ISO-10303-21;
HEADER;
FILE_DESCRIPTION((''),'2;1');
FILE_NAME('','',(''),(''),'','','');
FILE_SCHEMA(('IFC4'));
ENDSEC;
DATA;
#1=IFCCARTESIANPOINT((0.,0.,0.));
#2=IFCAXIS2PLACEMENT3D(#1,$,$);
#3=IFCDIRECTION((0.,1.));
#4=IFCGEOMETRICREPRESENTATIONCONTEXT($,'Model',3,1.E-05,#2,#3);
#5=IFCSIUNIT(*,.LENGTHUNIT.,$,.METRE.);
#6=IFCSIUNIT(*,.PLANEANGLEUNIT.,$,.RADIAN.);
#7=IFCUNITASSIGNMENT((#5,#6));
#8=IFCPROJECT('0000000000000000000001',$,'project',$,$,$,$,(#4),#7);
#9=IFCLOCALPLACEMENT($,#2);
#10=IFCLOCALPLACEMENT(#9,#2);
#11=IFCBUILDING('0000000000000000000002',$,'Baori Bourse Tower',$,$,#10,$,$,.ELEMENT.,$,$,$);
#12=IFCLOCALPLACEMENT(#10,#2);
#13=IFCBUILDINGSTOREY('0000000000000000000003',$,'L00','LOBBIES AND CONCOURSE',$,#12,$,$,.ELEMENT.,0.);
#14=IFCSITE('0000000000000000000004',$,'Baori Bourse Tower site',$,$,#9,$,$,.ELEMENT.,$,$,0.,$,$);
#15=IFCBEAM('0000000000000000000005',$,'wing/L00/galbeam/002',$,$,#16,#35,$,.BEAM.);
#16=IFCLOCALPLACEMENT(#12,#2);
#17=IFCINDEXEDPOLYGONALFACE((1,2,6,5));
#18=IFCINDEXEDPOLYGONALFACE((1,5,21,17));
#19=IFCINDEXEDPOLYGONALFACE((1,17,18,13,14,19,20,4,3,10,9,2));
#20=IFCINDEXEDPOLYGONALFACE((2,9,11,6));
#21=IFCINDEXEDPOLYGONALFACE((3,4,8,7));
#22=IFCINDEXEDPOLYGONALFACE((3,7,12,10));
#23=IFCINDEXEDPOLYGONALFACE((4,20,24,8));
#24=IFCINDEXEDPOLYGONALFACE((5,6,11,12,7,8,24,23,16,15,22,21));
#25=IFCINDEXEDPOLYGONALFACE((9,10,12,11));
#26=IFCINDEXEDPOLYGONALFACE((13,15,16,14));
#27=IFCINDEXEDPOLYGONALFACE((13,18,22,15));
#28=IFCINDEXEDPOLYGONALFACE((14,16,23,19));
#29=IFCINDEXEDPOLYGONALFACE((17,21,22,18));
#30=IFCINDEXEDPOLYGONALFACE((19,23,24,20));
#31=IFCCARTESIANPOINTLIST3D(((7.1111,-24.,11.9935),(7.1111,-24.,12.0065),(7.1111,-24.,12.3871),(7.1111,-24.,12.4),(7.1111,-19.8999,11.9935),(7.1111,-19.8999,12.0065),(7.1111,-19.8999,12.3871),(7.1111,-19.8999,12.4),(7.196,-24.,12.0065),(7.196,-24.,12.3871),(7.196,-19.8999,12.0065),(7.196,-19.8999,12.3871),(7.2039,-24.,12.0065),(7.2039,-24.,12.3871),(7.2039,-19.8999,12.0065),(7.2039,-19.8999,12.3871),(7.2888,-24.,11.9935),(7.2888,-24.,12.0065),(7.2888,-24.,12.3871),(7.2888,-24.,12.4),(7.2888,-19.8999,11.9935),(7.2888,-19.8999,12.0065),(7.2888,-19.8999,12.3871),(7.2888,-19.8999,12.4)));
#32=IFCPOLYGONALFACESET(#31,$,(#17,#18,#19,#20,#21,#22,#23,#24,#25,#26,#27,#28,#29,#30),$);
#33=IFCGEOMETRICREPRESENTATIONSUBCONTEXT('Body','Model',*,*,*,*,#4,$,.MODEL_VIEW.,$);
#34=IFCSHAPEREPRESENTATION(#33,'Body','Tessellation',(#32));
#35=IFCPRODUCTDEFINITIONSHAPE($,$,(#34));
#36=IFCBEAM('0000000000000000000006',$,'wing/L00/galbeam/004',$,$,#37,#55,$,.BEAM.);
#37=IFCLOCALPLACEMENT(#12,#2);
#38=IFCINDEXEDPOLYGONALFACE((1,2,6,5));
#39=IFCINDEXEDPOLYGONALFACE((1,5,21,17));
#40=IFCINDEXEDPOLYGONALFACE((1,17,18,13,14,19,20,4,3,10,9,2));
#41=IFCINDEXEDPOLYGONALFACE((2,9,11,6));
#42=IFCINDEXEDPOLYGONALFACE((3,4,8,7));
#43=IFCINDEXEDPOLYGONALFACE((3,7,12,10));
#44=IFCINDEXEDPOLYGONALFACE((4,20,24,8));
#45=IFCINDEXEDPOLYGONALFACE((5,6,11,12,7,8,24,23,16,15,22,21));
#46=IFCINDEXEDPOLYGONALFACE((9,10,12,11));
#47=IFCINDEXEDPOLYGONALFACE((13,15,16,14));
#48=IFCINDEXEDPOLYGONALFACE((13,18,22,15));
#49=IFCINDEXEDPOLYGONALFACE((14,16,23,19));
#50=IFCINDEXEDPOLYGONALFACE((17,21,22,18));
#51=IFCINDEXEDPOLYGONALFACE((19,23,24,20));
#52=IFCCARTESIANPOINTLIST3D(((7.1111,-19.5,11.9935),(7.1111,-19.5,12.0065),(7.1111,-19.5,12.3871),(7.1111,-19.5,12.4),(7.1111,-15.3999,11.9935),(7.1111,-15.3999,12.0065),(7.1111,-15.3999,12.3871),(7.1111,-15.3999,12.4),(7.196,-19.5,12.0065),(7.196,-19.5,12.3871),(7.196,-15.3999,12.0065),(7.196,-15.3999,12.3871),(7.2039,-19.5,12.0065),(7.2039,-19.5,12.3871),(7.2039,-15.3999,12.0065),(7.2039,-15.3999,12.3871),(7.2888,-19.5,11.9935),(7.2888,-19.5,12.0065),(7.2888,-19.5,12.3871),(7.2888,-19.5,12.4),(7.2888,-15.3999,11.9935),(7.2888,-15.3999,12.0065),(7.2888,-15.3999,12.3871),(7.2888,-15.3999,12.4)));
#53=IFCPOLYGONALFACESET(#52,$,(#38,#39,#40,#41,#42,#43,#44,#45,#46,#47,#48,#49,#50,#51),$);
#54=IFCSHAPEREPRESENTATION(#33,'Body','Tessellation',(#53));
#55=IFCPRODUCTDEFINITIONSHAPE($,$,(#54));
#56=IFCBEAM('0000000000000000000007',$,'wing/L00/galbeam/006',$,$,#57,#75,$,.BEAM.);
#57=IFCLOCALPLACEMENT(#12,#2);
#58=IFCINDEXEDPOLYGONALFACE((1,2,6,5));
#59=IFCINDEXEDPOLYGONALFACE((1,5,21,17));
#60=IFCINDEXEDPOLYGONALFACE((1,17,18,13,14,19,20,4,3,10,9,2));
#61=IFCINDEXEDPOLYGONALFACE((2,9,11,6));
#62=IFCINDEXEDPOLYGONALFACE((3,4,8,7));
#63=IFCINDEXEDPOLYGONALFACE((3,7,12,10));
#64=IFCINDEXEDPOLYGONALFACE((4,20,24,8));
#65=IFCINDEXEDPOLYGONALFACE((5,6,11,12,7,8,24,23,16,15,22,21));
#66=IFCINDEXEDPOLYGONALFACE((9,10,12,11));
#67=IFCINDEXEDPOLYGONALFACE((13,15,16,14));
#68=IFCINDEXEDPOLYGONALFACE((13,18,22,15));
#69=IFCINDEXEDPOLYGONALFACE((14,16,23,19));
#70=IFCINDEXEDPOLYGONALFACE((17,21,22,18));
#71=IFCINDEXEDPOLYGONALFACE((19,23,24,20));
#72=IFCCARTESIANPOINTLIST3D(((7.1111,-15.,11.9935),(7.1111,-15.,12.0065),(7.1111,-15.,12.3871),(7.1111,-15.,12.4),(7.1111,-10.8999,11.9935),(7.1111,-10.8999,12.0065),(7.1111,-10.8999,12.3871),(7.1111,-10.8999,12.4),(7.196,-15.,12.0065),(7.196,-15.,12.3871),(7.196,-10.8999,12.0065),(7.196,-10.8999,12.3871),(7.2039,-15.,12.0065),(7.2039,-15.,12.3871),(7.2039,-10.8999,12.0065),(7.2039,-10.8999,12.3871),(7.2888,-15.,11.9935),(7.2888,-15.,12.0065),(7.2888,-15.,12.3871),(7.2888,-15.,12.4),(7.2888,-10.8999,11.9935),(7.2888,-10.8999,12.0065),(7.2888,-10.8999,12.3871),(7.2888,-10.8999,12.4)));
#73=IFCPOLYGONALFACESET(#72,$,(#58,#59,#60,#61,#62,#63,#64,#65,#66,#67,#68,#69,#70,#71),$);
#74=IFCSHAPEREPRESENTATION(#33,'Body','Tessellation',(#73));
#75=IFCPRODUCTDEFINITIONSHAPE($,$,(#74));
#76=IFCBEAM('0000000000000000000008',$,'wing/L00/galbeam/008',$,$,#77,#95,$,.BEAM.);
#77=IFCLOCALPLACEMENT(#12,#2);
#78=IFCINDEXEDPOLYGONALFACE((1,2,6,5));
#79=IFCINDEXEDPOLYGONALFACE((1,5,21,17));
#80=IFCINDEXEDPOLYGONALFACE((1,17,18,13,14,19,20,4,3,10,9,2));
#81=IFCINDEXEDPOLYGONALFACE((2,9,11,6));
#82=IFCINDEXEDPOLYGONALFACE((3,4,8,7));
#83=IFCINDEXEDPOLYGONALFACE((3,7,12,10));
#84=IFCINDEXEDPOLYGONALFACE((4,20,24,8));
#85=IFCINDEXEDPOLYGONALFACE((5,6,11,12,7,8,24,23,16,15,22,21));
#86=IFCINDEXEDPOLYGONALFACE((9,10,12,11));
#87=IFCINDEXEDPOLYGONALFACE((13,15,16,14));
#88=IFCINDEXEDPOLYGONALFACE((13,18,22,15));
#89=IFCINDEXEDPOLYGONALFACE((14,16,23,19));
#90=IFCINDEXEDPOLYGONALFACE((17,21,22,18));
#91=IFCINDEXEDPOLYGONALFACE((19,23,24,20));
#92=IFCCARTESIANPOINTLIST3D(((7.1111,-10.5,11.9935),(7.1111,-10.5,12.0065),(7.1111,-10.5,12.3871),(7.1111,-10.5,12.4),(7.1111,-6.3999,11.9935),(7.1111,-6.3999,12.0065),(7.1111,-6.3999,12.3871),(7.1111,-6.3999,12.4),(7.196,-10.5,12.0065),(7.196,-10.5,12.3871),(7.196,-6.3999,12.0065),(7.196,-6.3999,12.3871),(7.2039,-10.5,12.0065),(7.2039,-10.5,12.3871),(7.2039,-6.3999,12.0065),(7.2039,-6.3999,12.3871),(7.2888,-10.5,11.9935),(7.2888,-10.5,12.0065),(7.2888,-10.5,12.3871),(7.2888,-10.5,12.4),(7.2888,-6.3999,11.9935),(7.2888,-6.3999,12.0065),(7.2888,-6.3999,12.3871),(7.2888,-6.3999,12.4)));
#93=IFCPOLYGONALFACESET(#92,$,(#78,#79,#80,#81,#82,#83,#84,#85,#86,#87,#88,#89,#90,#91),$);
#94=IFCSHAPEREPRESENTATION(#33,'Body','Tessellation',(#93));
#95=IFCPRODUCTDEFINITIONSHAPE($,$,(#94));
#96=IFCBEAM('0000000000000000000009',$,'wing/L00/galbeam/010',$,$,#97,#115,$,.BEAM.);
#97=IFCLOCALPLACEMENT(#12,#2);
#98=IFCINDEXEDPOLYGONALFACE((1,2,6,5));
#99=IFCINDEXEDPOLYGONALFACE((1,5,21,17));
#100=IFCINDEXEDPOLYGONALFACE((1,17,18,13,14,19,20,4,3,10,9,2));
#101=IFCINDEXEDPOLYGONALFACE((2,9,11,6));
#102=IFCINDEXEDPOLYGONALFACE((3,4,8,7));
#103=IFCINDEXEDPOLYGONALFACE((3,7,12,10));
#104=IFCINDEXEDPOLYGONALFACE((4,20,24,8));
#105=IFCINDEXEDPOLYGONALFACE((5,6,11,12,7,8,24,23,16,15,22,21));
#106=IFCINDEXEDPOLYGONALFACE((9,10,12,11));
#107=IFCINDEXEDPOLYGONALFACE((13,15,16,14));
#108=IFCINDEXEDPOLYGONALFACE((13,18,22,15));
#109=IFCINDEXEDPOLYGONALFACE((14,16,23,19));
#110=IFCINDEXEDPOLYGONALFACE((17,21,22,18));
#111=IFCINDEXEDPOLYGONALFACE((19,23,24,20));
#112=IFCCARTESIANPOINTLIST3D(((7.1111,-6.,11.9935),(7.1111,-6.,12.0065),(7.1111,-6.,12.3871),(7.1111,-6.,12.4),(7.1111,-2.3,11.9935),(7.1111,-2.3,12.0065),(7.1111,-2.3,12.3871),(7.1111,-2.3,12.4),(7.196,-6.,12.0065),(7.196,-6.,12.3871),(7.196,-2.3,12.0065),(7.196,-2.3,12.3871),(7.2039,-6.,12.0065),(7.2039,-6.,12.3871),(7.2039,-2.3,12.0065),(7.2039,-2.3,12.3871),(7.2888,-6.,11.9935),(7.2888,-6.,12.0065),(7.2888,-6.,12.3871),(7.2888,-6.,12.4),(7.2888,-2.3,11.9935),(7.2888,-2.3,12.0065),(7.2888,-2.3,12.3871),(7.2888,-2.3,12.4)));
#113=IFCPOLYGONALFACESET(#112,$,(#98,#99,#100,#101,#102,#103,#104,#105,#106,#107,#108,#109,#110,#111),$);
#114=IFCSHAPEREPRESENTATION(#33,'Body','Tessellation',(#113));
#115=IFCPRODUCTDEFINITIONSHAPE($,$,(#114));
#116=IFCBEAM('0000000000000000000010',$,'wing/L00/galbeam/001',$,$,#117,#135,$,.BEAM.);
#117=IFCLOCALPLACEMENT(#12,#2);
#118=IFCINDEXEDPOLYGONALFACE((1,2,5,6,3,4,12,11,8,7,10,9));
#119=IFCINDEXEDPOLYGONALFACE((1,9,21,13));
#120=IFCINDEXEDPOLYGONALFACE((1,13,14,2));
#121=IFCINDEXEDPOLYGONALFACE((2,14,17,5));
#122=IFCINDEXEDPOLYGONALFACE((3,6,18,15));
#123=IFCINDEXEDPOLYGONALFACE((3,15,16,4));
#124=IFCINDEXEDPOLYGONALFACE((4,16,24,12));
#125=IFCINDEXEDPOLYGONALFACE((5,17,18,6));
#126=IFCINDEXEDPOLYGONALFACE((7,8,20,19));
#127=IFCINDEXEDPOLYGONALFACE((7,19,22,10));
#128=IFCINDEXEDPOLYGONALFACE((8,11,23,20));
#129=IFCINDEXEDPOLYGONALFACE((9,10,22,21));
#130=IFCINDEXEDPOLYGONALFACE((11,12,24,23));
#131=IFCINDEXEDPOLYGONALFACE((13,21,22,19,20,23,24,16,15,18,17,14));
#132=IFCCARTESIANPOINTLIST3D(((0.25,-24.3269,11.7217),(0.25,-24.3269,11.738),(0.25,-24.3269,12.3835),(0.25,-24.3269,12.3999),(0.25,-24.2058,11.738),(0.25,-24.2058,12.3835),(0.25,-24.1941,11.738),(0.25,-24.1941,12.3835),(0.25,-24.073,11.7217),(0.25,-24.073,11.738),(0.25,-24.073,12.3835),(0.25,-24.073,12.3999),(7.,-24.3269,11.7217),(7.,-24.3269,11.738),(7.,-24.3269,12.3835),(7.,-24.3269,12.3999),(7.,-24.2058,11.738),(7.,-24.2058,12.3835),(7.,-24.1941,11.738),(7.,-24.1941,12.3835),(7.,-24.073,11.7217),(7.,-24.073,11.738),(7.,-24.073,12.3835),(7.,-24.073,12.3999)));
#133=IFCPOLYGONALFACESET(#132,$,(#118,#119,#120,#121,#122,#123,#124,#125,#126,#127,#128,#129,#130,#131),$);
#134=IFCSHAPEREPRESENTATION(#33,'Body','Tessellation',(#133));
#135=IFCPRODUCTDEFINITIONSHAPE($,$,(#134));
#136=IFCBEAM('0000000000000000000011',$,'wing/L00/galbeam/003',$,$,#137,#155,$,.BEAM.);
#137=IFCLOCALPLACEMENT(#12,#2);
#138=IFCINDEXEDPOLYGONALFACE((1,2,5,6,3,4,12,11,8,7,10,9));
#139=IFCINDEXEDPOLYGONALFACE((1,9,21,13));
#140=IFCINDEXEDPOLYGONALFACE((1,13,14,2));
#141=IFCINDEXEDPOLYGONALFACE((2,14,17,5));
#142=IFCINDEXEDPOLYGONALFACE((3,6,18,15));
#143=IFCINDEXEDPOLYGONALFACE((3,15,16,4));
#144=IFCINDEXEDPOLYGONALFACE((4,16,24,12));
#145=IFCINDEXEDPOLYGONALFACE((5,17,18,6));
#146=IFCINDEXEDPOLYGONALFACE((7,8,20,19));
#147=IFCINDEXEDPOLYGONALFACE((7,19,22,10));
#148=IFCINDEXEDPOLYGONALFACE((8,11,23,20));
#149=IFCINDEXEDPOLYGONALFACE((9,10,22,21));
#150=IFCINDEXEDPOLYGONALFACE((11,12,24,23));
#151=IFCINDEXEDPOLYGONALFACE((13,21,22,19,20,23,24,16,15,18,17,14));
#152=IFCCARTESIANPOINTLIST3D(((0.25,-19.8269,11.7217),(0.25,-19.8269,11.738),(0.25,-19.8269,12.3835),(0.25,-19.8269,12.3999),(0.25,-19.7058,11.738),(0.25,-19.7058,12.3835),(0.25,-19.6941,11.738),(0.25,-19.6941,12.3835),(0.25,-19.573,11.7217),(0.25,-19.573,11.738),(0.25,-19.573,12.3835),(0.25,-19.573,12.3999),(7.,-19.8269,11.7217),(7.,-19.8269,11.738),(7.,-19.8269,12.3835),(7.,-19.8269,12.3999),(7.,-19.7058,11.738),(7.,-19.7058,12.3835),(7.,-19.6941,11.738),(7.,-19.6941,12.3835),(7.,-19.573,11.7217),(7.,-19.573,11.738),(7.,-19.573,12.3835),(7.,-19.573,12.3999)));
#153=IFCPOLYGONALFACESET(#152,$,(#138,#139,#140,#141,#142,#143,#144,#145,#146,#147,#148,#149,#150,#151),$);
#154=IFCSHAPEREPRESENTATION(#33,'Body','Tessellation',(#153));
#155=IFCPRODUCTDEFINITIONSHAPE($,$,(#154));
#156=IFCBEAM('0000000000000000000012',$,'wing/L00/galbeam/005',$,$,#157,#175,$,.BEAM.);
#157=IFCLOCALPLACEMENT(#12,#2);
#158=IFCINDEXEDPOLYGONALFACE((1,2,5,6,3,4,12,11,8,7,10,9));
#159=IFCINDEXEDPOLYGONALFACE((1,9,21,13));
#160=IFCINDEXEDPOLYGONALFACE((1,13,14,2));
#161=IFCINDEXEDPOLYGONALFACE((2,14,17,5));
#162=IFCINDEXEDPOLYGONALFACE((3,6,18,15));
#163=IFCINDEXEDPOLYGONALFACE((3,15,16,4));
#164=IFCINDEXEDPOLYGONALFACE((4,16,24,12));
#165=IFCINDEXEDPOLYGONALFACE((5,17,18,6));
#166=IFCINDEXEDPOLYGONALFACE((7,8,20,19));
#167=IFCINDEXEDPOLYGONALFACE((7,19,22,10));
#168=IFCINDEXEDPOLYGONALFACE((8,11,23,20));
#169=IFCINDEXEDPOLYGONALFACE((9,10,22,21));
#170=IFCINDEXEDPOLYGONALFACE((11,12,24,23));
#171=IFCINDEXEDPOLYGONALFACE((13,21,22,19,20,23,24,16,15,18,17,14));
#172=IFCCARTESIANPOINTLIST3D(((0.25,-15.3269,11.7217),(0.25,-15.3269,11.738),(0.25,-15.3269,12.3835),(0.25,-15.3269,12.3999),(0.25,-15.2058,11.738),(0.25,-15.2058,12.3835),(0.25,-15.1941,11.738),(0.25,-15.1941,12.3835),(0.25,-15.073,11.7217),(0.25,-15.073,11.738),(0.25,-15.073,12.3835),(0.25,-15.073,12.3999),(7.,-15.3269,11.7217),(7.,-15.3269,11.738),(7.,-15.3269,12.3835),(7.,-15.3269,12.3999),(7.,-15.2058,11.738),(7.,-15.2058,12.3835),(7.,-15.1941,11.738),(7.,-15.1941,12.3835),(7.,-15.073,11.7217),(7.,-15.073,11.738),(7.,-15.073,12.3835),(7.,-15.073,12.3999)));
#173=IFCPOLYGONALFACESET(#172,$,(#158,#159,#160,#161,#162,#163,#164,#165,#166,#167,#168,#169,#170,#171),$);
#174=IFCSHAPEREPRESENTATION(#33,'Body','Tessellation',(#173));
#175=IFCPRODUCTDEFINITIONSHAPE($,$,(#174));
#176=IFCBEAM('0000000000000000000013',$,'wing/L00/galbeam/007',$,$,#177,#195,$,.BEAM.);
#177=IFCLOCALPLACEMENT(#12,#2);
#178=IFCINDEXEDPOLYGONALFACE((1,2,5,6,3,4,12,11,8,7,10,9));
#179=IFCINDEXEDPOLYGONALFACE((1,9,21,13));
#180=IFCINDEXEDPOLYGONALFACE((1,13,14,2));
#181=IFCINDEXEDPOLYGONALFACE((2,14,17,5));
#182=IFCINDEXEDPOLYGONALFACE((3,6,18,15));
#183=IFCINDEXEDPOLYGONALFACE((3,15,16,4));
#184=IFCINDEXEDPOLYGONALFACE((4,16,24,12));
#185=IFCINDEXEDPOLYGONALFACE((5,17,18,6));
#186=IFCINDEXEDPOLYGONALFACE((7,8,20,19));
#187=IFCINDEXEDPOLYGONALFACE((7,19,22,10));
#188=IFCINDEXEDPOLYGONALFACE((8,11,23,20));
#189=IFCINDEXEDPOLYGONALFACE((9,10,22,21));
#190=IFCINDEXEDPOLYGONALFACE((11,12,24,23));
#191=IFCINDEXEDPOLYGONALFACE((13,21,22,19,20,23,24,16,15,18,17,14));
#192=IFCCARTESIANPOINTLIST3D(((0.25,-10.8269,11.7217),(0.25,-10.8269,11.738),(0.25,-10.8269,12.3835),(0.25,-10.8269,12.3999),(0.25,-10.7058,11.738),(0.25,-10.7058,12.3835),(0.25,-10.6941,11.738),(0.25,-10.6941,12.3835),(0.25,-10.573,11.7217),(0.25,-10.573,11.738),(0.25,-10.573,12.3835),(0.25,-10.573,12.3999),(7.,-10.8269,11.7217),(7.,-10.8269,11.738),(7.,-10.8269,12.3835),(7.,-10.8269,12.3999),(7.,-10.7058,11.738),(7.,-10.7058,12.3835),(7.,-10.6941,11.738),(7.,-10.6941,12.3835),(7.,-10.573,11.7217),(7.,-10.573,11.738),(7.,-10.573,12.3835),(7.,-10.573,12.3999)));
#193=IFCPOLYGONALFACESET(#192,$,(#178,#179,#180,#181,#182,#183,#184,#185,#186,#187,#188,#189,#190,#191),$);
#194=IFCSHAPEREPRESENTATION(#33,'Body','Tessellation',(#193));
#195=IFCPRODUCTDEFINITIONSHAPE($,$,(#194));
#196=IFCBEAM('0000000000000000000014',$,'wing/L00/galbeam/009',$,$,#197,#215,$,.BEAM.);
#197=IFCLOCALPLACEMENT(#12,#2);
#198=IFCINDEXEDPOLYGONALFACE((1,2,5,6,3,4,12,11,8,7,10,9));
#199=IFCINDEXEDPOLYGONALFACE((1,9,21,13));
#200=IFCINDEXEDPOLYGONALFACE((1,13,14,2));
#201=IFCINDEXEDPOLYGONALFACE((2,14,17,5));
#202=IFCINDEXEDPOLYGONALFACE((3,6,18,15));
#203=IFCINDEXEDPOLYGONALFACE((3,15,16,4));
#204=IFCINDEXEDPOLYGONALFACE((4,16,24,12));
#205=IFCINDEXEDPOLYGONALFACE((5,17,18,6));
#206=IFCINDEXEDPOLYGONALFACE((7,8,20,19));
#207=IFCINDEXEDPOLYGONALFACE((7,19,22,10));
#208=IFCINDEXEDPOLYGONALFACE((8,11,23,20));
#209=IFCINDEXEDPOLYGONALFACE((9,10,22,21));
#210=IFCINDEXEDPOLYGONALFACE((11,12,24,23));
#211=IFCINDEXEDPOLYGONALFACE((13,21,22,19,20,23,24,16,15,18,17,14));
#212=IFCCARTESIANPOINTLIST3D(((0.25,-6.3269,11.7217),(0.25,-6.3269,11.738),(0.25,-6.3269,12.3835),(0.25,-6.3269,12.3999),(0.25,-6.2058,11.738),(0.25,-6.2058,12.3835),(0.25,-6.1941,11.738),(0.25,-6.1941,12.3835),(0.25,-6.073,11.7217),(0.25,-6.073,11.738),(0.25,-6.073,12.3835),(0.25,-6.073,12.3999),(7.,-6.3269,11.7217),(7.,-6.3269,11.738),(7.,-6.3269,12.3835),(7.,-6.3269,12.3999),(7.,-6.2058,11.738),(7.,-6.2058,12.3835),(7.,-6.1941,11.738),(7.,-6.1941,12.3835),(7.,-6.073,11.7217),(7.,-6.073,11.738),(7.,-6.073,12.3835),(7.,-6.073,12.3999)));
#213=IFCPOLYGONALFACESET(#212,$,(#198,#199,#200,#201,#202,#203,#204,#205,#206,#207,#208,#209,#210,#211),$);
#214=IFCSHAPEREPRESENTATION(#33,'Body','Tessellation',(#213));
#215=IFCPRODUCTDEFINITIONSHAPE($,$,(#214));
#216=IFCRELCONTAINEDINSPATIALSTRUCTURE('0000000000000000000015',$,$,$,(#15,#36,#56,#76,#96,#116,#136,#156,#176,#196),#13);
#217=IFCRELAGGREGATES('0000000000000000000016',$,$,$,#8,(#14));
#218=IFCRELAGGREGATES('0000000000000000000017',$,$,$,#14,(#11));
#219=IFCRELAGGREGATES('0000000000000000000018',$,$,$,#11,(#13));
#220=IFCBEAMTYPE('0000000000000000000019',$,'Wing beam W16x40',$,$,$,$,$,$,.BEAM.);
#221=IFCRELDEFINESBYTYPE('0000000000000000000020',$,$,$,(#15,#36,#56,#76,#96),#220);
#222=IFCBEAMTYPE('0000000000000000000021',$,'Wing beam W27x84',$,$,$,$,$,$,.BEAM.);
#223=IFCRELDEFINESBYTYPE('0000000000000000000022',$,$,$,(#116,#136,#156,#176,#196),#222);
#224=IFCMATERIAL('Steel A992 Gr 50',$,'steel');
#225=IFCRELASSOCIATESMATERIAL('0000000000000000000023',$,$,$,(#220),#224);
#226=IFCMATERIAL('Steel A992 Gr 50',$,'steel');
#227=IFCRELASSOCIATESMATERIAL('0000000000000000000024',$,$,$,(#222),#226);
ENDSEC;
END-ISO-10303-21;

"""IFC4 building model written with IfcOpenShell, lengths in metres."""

from ifc_helpers import new_model, si_unit, direction, frame, origin, origin_2d, place, context, subcontext, project, spatial, i_section, extrude, material, material_profile, profile_set, type_object, element, save


model = new_model("IFC4")

# Units and contexts
model_context = context("Model", 3, precision=1e-05, world=origin(), true_north=direction((0.0, 1.0)))
body_context = subcontext(model_context, "Body", "Model", "MODEL_VIEW")
ifc_project = project(units=[si_unit("LENGTHUNIT", "METRE"), si_unit("PLANEANGLEUNIT", "RADIAN")], contexts=[model_context])

# Site, building, storey
site_placement = place(None, origin())
site = spatial("IfcSite", under=ifc_project, at=site_placement, Name="Baori Bourse Tower site", CompositionType="ELEMENT", RefElevation=0.0)
building_placement = place(site_placement, origin())
building = spatial("IfcBuilding", under=site, at=building_placement, Name="Baori Bourse Tower", CompositionType="ELEMENT")
storey_placement = place(building_placement, origin())
storey = spatial("IfcBuildingStorey", under=building, at=storey_placement, Name="L00", Description="LOBBIES AND CONCOURSE", CompositionType="ELEMENT", Elevation=0.0)

# Beams
ifc_material_1 = material(Name="Steel A992 Gr 50", Category="steel")
ifc_material_profile_1 = material_profile(ifc_material_1, i_section(OverallWidth=0.1777, OverallDepth=0.4065, WebThickness=0.0078, FlangeThickness=0.0129, at=origin_2d()), Name="W16x40")
ifc_profile_set_1 = profile_set([ifc_material_profile_1], Name="Steel A992 Gr 50")
beam_type_1 = type_object("IfcBeamType", Name="Wing beam W16x40", PredefinedType="BEAM", material=ifc_profile_set_1)
for number, where, z_axis, x_axis, name in (
    (1, (7.2, -24.0, 12.1968), (0.0, 1.0, 0.0), (-1.0, 0.0, 0.0), "wing/L00/galbeam/002"),
    (2, (7.2, -19.5, 12.1968), (0.0, 1.0, 0.0), (-1.0, 0.0, 0.0), "wing/L00/galbeam/004"),
    (3, (7.2, -15.0, 12.1968), (0.0, 1.0, 0.0), (-1.0, 0.0, 0.0), "wing/L00/galbeam/006"),
    (4, (7.2, -10.5, 12.1968), (0.0, 1.0, 0.0), (-1.0, 0.0, 0.0), "wing/L00/galbeam/008"),
):
    element("IfcBeam", number, at=place(storey_placement, frame(where, z_axis=z_axis, x_axis=x_axis)), inside=storey, type_object=beam_type_1, Name=name, PredefinedType="BEAM", context=body_context, shape_type="SweptSolid", body=[
        extrude(i_section(OverallWidth=0.1777, OverallDepth=0.4065, WebThickness=0.0078, FlangeThickness=0.0129, at=origin_2d()), origin(), (0.0, 0.0, 1.0), 4.1001),
    ])
beam_placement = place(storey_placement, frame((7.2, -6.0, 12.1968), z_axis=(0.0, 1.0, 0.0), x_axis=(-1.0, 0.0, 0.0)))
element("IfcBeam", 5, at=beam_placement, inside=storey, type_object=beam_type_1, Name="wing/L00/galbeam/010", PredefinedType="BEAM", context=body_context, shape_type="SweptSolid", body=[
    extrude(i_section(OverallWidth=0.1777, OverallDepth=0.4065, WebThickness=0.0078, FlangeThickness=0.0129, at=origin_2d()), origin(), (0.0, 0.0, 1.0), 3.7),
])
ifc_material_2 = material(Name="Steel A992 Gr 50", Category="steel")
ifc_material_profile_2 = material_profile(ifc_material_2, i_section(OverallWidth=0.2539, OverallDepth=0.6782, WebThickness=0.0117, FlangeThickness=0.0164, at=origin_2d()), Name="W27x84")
ifc_profile_set_2 = profile_set([ifc_material_profile_2], Name="Steel A992 Gr 50")
beam_type_2 = type_object("IfcBeamType", Name="Wing beam W27x84", PredefinedType="BEAM", material=ifc_profile_set_2)
for number, where, z_axis, x_axis, name in (
    (6, (0.25, -24.2, 12.0608), (1.0, 0.0, 0.0), (0.0, 1.0, 0.0), "wing/L00/galbeam/001"),
    (7, (0.25, -19.7, 12.0608), (1.0, 0.0, 0.0), (0.0, 1.0, 0.0), "wing/L00/galbeam/003"),
    (8, (0.25, -15.2, 12.0608), (1.0, 0.0, 0.0), (0.0, 1.0, 0.0), "wing/L00/galbeam/005"),
    (9, (0.25, -10.7, 12.0608), (1.0, 0.0, 0.0), (0.0, 1.0, 0.0), "wing/L00/galbeam/007"),
    (10, (0.25, -6.2, 12.0608), (1.0, 0.0, 0.0), (0.0, 1.0, 0.0), "wing/L00/galbeam/009"),
):
    element("IfcBeam", number, at=place(storey_placement, frame(where, z_axis=z_axis, x_axis=x_axis)), inside=storey, type_object=beam_type_2, Name=name, PredefinedType="BEAM", context=body_context, shape_type="SweptSolid", body=[
        extrude(i_section(OverallWidth=0.2539, OverallDepth=0.6782, WebThickness=0.0117, FlangeThickness=0.0164, at=origin_2d()), origin(), (0.0, 0.0, 1.0), 6.75),
    ])

save(model, "model.ifc")
